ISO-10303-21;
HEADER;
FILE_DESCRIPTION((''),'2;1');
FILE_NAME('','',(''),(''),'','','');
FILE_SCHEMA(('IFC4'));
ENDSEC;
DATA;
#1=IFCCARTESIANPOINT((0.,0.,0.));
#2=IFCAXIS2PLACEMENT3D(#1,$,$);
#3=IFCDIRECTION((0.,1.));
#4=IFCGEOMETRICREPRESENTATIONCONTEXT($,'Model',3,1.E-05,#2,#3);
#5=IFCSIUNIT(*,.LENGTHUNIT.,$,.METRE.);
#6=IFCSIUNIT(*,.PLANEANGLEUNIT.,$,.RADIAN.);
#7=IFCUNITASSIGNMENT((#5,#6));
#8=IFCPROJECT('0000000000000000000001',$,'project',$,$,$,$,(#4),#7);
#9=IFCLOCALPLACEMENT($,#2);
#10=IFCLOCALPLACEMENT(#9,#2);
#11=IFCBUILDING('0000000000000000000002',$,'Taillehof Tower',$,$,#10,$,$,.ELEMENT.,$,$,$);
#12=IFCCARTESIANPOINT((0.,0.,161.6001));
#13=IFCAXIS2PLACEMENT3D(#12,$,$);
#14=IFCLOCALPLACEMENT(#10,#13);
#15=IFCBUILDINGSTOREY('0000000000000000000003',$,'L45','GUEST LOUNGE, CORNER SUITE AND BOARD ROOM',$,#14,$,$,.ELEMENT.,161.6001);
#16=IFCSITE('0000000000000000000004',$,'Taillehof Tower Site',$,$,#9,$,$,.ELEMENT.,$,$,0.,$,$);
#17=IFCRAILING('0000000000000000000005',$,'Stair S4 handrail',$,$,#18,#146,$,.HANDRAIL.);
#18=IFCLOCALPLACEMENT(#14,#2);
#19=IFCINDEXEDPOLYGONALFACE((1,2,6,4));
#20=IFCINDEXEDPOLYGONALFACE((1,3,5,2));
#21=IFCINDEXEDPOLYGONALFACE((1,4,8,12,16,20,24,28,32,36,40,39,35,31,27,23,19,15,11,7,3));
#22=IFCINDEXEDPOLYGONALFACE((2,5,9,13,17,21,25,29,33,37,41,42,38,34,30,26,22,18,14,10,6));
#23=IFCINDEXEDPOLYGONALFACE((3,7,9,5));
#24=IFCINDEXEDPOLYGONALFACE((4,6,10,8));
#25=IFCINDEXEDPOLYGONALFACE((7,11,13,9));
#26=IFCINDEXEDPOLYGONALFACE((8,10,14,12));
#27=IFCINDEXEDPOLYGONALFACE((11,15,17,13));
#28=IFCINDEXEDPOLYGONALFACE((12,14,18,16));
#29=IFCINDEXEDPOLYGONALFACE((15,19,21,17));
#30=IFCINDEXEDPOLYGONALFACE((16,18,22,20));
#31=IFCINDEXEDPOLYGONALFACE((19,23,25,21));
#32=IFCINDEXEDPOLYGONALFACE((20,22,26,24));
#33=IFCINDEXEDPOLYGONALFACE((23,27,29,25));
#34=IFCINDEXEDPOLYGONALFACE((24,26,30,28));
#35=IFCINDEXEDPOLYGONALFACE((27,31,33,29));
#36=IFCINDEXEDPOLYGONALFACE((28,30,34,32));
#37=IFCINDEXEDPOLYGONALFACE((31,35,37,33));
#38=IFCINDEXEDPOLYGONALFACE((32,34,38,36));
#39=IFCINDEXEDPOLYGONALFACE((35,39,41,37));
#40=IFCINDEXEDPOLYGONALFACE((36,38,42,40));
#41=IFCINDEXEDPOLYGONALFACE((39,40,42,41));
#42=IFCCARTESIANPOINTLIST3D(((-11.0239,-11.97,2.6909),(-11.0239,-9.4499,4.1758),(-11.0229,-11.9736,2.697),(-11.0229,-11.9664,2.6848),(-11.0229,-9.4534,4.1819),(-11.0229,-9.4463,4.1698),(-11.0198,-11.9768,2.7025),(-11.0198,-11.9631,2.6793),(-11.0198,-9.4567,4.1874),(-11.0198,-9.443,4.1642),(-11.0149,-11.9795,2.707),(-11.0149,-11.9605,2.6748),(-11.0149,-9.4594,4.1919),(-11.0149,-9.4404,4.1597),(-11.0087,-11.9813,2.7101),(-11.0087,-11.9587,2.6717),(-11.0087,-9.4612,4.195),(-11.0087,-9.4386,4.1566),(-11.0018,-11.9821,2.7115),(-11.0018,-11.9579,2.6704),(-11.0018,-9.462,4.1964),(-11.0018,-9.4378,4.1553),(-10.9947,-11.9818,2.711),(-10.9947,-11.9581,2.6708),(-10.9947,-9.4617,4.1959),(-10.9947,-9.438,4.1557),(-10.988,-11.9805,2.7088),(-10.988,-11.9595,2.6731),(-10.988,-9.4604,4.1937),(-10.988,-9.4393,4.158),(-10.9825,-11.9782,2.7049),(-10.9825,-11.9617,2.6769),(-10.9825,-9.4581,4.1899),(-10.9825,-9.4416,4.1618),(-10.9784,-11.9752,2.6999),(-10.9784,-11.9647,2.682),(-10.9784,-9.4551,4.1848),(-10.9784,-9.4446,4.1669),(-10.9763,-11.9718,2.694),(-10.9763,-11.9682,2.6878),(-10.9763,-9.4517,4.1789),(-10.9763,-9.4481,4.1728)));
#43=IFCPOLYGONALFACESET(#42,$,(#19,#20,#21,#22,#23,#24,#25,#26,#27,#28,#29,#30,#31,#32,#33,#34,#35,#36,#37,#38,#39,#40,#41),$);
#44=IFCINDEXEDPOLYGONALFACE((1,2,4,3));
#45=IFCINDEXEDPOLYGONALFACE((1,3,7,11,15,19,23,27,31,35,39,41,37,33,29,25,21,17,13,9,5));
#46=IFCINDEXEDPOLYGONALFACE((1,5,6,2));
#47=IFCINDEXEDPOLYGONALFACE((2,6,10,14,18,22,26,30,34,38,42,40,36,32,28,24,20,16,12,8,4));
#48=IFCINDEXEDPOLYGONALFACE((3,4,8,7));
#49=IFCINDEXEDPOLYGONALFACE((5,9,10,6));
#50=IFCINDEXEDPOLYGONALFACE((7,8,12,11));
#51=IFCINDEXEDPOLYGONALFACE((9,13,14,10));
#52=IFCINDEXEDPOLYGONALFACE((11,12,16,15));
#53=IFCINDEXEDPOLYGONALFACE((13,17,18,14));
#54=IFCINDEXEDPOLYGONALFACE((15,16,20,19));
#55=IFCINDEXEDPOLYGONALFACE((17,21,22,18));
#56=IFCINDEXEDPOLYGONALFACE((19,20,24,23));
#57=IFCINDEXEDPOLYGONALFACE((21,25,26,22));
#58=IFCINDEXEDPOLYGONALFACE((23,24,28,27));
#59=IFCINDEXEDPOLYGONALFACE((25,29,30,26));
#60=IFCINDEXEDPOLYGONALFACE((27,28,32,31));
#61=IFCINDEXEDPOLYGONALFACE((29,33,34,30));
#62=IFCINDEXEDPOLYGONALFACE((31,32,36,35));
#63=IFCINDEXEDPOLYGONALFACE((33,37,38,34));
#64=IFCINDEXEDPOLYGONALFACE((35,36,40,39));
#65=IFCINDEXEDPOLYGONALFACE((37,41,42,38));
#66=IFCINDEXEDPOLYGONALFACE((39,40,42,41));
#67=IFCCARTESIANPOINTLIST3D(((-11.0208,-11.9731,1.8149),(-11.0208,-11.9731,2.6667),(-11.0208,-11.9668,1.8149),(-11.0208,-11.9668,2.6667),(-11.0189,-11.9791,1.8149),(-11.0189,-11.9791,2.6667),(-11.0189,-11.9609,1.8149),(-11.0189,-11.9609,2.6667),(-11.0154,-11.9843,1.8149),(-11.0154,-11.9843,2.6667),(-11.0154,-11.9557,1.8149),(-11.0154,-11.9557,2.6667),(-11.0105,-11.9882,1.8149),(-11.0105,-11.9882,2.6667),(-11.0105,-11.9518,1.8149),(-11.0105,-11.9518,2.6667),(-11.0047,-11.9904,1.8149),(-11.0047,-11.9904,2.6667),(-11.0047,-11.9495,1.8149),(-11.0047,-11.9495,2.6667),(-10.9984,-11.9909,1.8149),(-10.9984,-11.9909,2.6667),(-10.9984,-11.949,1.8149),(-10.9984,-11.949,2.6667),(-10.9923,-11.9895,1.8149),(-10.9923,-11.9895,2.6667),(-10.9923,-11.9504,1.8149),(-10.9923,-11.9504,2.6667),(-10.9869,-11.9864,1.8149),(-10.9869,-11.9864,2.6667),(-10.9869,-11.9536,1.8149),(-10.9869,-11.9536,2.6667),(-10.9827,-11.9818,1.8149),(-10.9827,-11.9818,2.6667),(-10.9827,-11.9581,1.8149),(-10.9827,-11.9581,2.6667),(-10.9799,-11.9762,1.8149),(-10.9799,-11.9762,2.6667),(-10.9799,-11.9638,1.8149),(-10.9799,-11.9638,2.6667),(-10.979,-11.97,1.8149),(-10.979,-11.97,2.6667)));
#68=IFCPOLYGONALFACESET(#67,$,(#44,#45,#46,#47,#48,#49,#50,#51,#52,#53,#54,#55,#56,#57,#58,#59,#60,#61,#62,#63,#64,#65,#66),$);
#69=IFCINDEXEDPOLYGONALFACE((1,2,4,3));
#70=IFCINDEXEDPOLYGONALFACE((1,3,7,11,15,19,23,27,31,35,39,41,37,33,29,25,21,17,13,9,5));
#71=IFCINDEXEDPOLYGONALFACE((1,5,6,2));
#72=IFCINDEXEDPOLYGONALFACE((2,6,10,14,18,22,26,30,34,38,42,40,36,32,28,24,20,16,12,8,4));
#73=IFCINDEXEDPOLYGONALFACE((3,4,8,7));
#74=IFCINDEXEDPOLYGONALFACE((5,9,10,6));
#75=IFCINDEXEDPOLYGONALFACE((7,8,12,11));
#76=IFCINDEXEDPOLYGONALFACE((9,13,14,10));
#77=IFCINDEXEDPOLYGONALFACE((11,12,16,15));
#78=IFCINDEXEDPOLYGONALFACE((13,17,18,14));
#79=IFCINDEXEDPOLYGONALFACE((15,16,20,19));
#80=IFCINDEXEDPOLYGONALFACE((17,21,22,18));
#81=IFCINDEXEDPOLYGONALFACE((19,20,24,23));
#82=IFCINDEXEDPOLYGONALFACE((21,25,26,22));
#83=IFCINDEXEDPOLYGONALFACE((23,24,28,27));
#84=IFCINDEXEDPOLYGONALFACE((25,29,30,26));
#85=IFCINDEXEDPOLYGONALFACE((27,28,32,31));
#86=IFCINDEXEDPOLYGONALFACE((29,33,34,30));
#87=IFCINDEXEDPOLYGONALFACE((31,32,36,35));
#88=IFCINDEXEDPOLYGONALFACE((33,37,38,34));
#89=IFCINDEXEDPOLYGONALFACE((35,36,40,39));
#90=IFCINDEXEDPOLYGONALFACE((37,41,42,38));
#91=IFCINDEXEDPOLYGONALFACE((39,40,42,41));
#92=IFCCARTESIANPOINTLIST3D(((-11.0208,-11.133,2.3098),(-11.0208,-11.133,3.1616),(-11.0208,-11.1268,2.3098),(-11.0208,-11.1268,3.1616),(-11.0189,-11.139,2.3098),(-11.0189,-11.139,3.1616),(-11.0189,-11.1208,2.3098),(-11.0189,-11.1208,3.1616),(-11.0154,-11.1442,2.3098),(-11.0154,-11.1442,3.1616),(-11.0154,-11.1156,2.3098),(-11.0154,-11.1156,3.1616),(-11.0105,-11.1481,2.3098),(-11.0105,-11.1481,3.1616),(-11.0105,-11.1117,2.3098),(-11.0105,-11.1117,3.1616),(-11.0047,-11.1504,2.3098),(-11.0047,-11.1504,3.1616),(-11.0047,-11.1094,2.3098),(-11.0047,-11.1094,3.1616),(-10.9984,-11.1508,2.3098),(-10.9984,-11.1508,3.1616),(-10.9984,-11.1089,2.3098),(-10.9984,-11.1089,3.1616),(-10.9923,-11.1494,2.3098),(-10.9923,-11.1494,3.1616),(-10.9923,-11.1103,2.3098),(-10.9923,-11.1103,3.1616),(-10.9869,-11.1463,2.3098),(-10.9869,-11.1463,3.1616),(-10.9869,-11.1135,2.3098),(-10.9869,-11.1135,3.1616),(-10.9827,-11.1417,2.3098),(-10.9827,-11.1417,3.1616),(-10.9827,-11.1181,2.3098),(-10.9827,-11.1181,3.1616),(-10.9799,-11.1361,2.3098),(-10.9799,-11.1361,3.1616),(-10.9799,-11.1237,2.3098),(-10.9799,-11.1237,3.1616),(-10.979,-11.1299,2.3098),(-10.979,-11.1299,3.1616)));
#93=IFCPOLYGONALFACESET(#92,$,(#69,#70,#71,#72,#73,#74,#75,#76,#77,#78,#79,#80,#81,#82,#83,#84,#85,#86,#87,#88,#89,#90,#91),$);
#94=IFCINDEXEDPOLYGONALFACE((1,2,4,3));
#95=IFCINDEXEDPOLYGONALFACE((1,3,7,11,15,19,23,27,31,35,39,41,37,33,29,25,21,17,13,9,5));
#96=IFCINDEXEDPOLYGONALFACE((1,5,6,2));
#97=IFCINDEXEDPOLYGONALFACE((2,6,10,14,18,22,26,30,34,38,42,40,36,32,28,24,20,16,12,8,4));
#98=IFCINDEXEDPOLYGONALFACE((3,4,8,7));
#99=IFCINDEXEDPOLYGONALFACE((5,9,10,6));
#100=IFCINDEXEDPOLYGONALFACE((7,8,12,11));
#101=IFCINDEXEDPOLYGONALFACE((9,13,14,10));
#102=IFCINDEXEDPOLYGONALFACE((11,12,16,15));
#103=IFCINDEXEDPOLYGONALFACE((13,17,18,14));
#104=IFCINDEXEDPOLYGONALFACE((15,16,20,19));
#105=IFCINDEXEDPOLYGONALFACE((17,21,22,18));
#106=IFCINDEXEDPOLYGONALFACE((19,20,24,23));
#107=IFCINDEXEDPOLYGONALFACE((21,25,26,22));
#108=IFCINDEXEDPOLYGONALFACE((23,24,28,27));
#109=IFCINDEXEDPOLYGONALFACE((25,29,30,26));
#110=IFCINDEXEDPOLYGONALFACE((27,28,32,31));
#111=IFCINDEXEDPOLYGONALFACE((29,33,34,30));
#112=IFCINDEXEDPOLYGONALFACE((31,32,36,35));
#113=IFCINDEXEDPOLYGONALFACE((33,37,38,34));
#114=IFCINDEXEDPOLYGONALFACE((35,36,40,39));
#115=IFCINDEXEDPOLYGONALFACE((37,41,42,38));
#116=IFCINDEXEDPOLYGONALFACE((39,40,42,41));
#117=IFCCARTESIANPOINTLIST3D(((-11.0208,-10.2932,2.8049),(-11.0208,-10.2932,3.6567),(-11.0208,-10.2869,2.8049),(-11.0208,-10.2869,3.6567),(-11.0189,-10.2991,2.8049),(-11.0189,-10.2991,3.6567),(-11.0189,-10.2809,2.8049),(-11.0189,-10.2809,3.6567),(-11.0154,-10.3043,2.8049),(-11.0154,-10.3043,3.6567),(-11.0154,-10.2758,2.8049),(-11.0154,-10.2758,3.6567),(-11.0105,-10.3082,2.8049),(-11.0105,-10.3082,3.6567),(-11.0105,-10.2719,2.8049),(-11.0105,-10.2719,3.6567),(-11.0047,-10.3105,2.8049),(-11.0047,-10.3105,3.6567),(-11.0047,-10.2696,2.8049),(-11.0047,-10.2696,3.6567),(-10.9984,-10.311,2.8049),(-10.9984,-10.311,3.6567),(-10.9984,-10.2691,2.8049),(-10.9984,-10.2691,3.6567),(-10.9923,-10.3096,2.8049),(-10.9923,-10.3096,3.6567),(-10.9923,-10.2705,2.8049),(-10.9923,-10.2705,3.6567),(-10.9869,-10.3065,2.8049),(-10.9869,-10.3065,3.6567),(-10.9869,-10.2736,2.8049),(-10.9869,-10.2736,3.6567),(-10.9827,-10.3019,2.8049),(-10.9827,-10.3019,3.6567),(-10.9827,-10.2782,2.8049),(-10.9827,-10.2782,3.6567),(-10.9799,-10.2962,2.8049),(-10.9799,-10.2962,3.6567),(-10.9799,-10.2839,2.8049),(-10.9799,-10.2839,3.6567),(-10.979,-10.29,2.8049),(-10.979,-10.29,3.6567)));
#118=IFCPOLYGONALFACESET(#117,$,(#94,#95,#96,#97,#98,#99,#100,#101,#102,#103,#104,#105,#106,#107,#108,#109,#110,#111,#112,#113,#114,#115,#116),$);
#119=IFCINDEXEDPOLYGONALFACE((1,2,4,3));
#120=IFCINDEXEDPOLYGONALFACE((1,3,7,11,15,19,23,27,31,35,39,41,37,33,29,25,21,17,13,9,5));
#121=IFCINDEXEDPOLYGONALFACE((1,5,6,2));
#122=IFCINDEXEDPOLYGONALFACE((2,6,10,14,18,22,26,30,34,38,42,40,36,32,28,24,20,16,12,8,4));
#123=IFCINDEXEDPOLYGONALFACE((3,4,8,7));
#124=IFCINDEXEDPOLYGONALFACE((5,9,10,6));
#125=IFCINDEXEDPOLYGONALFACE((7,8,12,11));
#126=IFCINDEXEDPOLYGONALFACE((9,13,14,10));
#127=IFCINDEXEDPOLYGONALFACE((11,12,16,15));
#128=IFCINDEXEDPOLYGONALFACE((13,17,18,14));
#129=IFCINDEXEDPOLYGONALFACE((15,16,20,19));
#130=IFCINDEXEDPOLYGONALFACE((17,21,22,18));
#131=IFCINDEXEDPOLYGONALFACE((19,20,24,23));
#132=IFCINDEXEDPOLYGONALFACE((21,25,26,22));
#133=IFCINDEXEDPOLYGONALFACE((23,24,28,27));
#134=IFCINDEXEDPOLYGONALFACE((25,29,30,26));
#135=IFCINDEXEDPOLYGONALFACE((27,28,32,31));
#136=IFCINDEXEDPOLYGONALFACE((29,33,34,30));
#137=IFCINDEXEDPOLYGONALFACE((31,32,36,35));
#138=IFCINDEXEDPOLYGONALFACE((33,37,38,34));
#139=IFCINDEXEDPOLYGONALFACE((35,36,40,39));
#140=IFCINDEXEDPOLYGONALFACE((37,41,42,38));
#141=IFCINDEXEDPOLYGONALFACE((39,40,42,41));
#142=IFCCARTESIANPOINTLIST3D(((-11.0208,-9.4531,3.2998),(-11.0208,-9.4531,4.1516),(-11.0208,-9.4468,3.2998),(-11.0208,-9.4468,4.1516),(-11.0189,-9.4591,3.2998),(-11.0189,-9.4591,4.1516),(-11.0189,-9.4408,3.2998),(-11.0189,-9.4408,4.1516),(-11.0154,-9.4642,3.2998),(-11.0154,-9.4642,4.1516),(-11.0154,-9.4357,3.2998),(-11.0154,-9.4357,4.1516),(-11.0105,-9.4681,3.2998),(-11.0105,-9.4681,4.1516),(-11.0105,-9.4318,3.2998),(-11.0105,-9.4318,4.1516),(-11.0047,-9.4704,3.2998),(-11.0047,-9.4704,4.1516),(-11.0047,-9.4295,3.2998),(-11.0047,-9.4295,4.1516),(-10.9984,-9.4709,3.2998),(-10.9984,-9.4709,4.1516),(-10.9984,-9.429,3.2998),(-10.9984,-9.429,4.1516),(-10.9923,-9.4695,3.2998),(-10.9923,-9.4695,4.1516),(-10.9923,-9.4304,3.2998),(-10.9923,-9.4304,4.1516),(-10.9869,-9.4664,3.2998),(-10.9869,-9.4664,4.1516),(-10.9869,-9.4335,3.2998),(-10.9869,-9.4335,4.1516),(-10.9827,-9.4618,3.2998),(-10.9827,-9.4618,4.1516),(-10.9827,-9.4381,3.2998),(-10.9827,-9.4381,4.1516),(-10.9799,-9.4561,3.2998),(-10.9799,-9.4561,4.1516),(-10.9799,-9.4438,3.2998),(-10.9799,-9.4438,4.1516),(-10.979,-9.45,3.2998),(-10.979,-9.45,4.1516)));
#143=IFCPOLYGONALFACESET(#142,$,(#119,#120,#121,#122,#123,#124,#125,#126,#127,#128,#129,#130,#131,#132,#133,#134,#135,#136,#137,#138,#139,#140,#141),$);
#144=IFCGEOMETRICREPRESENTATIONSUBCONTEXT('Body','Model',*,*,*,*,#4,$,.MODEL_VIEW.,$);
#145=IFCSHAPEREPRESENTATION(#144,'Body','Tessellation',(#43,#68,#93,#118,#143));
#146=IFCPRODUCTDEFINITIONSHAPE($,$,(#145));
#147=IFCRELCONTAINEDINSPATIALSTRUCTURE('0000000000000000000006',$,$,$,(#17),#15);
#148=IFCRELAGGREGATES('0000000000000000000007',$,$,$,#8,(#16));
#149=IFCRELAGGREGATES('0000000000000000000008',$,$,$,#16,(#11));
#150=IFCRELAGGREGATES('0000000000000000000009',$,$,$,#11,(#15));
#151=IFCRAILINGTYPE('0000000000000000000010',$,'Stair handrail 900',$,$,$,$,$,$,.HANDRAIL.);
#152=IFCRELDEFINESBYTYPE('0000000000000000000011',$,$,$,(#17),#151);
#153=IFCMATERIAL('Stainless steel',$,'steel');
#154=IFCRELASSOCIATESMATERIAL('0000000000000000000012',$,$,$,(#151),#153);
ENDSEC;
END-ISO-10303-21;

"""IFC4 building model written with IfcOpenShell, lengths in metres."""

from ifc_helpers import new_model, si_unit, direction, frame, origin, origin_2d, place, context, subcontext, project, spatial, circle, extrude, material, type_object, element, save


model = new_model("IFC4")

# Units and contexts
model_context = context("Model", 3, precision=1e-05, world=origin(), true_north=direction((0.0, 1.0)))
body_context = subcontext(model_context, "Body", "Model", "MODEL_VIEW")
ifc_project = project(units=[si_unit("LENGTHUNIT", "METRE"), si_unit("PLANEANGLEUNIT", "RADIAN")], contexts=[model_context])

# Site, building, storey
site_placement = place(None, origin())
site = spatial("IfcSite", under=ifc_project, at=site_placement, Name="Taillehof Tower Site", CompositionType="ELEMENT", RefElevation=0.0)
building_placement = place(site_placement, origin())
building = spatial("IfcBuilding", under=site, at=building_placement, Name="Taillehof Tower", CompositionType="ELEMENT")
storey_placement = place(building_placement, frame((0.0, 0.0, 161.6001)))
storey = spatial("IfcBuildingStorey", under=building, at=storey_placement, Name="L45", Description="GUEST LOUNGE, CORNER SUITE AND BOARD ROOM", CompositionType="ELEMENT", Elevation=161.6001)

# Railing
ifc_material_1 = material(Name="Stainless steel", Category="steel")
railing_type = type_object("IfcRailingType", Name="Stair handrail 900", PredefinedType="HANDRAIL", material=ifc_material_1)
railing_placement = place(storey_placement, frame((-11.0, -11.97, 1.8149)))
element("IfcRailing", 1, at=railing_placement, inside=storey, type_object=railing_type, Name="Stair S4 handrail", PredefinedType="HANDRAIL", context=body_context, shape_type="SweptSolid", body=[
    extrude(circle(Radius=0.0239, at=origin_2d()), frame((0.0, 0.0, 0.876), z_axis=(0.0, 0.861561, 0.507655), x_axis=(-1.0, 0.0, 0.0)), (0.0, 0.0, 1.0), 2.925),
    extrude(circle(Radius=0.021, at=origin_2d()), origin(), (0.0, 0.0, 1.0), 0.8518),
    extrude(circle(Radius=0.021, at=origin_2d()), frame((0.0, 0.8401, 0.4949)), (0.0, 0.0, 1.0), 0.8518),
    extrude(circle(Radius=0.021, at=origin_2d()), frame((0.0, 1.6799, 0.99)), (0.0, 0.0, 1.0), 0.8518),
    extrude(circle(Radius=0.021, at=origin_2d()), frame((0.0, 2.52, 1.4849)), (0.0, 0.0, 1.0), 0.8518),
])

save(model, "model.ifc")
